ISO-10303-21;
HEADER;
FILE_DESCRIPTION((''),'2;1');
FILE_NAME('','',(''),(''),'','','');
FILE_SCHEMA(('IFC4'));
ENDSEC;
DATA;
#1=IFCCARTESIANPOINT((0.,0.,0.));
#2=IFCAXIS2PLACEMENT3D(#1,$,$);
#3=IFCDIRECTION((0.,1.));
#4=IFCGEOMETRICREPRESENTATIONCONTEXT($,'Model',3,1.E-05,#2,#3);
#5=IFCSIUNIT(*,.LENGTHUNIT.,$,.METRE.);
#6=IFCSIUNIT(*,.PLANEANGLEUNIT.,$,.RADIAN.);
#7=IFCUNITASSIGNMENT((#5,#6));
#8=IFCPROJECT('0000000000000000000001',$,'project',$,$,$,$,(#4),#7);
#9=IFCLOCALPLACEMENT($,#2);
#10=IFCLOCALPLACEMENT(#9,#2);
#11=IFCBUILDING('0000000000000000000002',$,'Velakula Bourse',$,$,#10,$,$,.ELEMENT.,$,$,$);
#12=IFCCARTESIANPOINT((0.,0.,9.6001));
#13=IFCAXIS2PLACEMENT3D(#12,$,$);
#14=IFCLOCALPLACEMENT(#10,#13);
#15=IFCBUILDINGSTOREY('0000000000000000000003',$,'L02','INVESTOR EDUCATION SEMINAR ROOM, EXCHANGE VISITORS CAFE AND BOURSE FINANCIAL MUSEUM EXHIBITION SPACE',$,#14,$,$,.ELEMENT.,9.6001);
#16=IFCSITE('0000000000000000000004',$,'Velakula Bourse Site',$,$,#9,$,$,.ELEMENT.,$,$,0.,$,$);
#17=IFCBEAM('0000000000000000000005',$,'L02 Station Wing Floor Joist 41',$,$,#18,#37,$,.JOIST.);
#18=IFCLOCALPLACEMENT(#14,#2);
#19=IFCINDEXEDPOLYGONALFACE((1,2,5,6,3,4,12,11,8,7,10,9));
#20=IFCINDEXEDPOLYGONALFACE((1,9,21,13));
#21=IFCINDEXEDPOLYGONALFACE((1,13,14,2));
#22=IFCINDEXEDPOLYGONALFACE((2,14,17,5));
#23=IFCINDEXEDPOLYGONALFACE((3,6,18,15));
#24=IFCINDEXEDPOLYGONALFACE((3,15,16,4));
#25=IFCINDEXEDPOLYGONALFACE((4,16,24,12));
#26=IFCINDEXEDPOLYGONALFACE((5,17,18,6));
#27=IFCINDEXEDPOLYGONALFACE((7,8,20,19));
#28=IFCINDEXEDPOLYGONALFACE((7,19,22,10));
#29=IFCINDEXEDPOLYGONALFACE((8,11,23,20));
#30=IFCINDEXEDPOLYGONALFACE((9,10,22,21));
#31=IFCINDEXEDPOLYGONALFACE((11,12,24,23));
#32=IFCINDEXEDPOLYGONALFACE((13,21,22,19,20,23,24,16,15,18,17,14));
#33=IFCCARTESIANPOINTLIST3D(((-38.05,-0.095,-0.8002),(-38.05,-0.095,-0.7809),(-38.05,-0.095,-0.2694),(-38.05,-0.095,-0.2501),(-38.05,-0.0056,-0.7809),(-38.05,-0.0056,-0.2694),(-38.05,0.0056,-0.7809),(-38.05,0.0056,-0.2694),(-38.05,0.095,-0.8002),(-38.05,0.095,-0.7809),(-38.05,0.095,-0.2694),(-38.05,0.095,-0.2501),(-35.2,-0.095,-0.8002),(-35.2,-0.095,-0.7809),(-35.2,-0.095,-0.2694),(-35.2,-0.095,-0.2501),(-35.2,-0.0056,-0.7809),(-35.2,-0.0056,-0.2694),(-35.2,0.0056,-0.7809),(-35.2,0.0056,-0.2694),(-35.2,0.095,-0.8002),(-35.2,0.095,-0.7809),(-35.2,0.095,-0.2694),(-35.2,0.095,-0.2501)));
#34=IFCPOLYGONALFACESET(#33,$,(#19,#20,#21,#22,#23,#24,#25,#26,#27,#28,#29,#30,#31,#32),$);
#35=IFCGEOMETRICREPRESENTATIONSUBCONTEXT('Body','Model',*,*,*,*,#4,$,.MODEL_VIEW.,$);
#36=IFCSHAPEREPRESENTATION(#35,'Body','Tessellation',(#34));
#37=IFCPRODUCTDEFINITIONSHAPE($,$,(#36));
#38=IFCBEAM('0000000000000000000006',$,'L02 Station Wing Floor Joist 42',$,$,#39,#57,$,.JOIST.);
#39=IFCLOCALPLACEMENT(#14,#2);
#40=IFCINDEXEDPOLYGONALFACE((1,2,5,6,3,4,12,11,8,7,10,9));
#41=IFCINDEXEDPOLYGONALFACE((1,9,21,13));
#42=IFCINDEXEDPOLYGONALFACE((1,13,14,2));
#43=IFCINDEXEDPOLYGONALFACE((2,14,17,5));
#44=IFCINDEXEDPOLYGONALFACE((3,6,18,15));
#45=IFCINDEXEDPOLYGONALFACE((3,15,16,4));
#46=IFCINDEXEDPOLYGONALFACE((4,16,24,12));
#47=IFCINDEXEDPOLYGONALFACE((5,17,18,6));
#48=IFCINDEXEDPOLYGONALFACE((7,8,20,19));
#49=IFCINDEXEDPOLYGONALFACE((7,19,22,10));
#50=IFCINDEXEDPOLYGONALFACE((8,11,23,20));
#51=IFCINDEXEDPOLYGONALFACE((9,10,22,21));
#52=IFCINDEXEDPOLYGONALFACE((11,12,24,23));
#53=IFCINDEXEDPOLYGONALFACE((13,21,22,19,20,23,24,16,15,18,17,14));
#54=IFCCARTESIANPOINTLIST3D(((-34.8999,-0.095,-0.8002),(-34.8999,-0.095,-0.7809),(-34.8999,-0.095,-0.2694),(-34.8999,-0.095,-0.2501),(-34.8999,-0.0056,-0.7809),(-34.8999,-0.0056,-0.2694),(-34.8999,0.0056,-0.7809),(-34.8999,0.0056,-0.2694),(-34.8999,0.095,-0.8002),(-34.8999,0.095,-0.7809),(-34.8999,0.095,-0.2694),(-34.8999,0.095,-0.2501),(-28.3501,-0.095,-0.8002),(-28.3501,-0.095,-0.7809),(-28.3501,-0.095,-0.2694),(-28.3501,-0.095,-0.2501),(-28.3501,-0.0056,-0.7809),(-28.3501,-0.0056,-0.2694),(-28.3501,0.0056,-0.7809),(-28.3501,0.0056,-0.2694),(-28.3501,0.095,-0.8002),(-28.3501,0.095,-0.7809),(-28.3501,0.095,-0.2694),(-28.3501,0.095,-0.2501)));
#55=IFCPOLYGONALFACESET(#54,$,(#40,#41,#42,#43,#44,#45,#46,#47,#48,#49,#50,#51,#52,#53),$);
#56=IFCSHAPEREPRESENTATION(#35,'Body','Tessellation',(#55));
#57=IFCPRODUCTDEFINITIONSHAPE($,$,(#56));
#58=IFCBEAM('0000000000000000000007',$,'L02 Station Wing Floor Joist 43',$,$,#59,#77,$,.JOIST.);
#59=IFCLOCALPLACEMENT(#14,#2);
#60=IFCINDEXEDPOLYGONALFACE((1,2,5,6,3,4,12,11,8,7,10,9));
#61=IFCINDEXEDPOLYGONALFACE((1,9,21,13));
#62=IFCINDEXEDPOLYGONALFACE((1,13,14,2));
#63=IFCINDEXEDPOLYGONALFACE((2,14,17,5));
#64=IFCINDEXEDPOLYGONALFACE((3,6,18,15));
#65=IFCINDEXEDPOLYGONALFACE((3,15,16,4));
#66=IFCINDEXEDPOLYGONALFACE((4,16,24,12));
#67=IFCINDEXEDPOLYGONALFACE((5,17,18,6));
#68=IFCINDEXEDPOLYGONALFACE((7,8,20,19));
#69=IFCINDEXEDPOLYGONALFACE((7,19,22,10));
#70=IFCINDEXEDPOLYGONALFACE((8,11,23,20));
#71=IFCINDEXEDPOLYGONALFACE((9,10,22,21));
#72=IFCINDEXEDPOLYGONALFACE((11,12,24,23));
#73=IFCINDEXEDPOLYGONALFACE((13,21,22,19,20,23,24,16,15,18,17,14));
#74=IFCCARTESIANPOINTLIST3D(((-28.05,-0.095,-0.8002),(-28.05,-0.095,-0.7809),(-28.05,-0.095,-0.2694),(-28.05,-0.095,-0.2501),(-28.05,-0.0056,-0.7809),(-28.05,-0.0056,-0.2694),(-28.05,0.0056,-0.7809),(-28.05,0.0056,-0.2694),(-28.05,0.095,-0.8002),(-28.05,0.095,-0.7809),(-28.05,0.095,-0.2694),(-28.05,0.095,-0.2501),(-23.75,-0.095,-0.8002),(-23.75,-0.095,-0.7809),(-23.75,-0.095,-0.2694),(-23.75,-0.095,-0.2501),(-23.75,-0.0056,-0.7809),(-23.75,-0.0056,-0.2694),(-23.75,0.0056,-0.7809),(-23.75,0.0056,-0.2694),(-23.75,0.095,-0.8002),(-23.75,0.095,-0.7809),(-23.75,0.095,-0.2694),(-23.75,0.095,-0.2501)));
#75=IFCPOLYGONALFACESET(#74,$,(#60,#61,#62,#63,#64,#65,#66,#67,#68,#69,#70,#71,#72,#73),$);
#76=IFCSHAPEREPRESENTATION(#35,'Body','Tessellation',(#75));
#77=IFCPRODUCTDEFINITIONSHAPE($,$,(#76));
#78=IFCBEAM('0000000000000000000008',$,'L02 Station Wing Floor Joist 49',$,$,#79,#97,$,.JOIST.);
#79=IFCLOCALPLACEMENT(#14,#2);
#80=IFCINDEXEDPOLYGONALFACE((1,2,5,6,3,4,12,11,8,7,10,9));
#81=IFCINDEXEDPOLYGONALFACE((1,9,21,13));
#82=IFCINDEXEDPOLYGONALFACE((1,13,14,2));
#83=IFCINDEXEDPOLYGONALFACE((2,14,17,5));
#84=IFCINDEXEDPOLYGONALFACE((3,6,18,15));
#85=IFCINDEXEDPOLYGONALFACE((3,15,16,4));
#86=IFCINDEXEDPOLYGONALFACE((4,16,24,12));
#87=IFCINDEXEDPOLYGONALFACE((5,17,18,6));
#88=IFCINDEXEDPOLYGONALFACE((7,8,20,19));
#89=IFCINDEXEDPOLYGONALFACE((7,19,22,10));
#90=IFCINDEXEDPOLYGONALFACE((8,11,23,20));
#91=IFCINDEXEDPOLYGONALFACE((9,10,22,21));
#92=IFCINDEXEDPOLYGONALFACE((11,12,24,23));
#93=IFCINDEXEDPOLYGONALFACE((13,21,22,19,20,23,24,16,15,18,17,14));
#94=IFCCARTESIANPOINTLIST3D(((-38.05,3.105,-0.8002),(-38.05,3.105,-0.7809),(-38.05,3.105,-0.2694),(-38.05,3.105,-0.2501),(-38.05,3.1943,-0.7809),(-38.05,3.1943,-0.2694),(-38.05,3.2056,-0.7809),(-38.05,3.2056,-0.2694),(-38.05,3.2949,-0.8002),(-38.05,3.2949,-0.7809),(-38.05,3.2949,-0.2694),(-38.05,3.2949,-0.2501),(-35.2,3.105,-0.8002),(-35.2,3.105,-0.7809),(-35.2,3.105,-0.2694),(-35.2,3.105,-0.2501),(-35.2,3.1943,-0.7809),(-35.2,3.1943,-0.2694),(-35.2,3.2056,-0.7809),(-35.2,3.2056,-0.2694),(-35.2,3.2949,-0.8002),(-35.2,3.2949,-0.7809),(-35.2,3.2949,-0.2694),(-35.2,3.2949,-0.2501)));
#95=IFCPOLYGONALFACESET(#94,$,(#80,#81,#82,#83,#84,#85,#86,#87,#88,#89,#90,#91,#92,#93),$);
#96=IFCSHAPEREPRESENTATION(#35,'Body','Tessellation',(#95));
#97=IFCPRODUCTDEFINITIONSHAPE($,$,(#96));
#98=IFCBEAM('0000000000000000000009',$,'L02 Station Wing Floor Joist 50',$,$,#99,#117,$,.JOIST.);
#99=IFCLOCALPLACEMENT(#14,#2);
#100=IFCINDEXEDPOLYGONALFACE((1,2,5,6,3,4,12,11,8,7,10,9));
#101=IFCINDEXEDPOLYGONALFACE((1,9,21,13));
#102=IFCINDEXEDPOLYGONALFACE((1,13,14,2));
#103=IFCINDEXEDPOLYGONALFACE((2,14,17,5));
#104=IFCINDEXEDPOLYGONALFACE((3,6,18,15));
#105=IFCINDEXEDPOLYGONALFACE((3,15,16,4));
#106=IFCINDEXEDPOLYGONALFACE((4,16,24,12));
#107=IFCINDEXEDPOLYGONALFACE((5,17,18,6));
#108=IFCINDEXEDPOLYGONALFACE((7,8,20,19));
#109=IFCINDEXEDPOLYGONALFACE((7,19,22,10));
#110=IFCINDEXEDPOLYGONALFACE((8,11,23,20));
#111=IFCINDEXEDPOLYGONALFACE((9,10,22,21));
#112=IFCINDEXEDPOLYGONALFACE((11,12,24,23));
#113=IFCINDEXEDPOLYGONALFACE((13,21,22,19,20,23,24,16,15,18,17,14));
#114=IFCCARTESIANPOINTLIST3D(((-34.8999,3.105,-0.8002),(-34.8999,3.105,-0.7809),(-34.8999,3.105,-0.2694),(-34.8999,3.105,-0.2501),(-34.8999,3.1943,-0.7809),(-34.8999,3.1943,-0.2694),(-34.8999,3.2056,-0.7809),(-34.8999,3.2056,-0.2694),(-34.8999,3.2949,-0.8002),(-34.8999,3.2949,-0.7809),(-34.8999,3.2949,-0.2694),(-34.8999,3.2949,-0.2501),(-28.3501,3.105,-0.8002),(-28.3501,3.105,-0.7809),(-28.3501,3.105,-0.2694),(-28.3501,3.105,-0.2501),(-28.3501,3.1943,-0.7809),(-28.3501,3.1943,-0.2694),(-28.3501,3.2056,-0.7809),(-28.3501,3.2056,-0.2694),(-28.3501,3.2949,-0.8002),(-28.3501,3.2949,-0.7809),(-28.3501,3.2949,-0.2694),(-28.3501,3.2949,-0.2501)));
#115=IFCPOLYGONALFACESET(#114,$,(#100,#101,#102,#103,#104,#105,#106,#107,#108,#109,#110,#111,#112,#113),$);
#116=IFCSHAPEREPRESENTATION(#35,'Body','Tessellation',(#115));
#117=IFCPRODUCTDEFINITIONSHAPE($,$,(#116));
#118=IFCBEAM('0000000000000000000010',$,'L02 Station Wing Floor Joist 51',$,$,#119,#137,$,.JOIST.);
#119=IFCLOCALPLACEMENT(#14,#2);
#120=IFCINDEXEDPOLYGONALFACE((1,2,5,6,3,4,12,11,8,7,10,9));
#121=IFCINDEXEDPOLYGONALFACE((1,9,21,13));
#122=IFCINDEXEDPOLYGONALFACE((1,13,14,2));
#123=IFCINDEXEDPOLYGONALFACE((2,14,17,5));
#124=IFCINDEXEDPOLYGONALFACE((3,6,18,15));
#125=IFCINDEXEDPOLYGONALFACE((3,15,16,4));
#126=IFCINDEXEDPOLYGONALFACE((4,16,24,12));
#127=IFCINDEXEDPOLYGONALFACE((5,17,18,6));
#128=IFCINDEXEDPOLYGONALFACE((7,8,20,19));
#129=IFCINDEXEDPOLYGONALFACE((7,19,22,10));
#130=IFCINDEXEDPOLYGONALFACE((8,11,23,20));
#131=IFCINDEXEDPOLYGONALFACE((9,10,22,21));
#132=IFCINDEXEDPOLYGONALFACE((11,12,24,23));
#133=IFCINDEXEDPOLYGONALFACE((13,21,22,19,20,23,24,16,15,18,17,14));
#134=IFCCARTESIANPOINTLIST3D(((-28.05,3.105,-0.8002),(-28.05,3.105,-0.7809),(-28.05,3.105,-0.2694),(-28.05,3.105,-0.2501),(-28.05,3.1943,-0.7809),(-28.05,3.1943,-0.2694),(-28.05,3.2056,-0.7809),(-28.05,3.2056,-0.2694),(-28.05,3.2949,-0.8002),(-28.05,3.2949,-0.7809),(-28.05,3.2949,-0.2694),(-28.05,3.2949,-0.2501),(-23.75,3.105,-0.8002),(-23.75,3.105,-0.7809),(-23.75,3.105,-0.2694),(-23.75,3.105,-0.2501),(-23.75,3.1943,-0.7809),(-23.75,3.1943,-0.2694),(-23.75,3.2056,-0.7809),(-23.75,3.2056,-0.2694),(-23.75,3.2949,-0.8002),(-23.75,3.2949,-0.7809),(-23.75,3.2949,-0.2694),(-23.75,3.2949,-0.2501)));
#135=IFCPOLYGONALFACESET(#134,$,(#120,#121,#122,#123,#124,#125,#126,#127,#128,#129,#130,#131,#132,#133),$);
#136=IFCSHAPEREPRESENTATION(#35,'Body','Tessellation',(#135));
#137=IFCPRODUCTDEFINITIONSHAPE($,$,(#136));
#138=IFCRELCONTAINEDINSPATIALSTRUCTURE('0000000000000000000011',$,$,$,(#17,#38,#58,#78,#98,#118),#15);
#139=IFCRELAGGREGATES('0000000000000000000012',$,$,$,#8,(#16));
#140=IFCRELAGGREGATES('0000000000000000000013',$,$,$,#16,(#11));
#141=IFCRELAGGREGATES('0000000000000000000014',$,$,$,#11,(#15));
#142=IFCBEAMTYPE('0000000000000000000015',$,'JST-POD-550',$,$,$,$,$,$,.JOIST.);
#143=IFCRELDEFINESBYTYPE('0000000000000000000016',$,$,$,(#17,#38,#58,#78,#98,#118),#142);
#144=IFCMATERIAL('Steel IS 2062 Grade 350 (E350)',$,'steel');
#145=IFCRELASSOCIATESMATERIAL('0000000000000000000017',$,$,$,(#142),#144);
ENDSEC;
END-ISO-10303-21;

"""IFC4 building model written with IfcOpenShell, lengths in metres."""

from ifc_helpers import new_model, si_unit, direction, frame, origin, origin_2d, place, context, subcontext, project, spatial, i_section, extrude, material, material_profile, profile_set, type_object, element, save


model = new_model("IFC4")

# Units and contexts
model_context = context("Model", 3, precision=1e-05, world=origin(), true_north=direction((0.0, 1.0)))
body_context = subcontext(model_context, "Body", "Model", "MODEL_VIEW")
ifc_project = project(units=[si_unit("LENGTHUNIT", "METRE"), si_unit("PLANEANGLEUNIT", "RADIAN")], contexts=[model_context])

# Site, building, storey
site_placement = place(None, origin())
site = spatial("IfcSite", under=ifc_project, at=site_placement, Name="Velakula Bourse Site", CompositionType="ELEMENT", RefElevation=0.0)
building_placement = place(site_placement, origin())
building = spatial("IfcBuilding", under=site, at=building_placement, Name="Velakula Bourse", CompositionType="ELEMENT")
storey_placement = place(building_placement, frame((0.0, 0.0, 9.6001)))
storey = spatial("IfcBuildingStorey", under=building, at=storey_placement, Name="L02", Description="INVESTOR EDUCATION SEMINAR ROOM, EXCHANGE VISITORS CAFE AND BOURSE FINANCIAL MUSEUM EXHIBITION SPACE", CompositionType="ELEMENT", Elevation=9.6001)

# Beams
ifc_material_1 = material(Name="Steel IS 2062 Grade 350 (E350)", Category="steel")
ifc_material_profile_1 = material_profile(ifc_material_1, i_section(OverallWidth=0.1899, OverallDepth=0.55, WebThickness=0.0112, FlangeThickness=0.0193, at=origin_2d()), Name="Steel IS 2062 Grade 350 (E350)")
ifc_profile_set_1 = profile_set([ifc_material_profile_1], Name="Steel IS 2062 Grade 350 (E350)")
beam_type_1 = type_object("IfcBeamType", Name="JST-POD-550", PredefinedType="JOIST", material=ifc_profile_set_1)
beam_1_placement = place(storey_placement, frame((-38.05, 0.0, -0.5251), z_axis=(1.0, 0.0, 0.0), x_axis=(0.0, 1.0, 0.0)))
element("IfcBeam", 1, at=beam_1_placement, inside=storey, type_object=beam_type_1, Name="L02 Station Wing Floor Joist 41", PredefinedType="JOIST", context=body_context, shape_type="SweptSolid", body=[
    extrude(i_section(OverallWidth=0.1899, OverallDepth=0.55, WebThickness=0.0112, FlangeThickness=0.0193, at=origin_2d()), origin(), (0.0, 0.0, 1.0), 2.8501),
])
beam_2_placement = place(storey_placement, frame((-34.8999, 0.0, -0.5251), z_axis=(1.0, 0.0, 0.0), x_axis=(0.0, 1.0, 0.0)))
element("IfcBeam", 2, at=beam_2_placement, inside=storey, type_object=beam_type_1, Name="L02 Station Wing Floor Joist 42", PredefinedType="JOIST", context=body_context, shape_type="SweptSolid", body=[
    extrude(i_section(OverallWidth=0.1899, OverallDepth=0.55, WebThickness=0.0112, FlangeThickness=0.0193, at=origin_2d()), origin(), (0.0, 0.0, 1.0), 6.5498),
])
beam_3_placement = place(storey_placement, frame((-28.05, 0.0, -0.5251), z_axis=(1.0, 0.0, 0.0), x_axis=(0.0, 1.0, 0.0)))
element("IfcBeam", 3, at=beam_3_placement, inside=storey, type_object=beam_type_1, Name="L02 Station Wing Floor Joist 43", PredefinedType="JOIST", context=body_context, shape_type="SweptSolid", body=[
    extrude(i_section(OverallWidth=0.1899, OverallDepth=0.55, WebThickness=0.0112, FlangeThickness=0.0193, at=origin_2d()), origin(), (0.0, 0.0, 1.0), 4.3),
])
beam_4_placement = place(storey_placement, frame((-38.05, 3.2, -0.5251), z_axis=(1.0, 0.0, 0.0), x_axis=(0.0, 1.0, 0.0)))
element("IfcBeam", 4, at=beam_4_placement, inside=storey, type_object=beam_type_1, Name="L02 Station Wing Floor Joist 49", PredefinedType="JOIST", context=body_context, shape_type="SweptSolid", body=[
    extrude(i_section(OverallWidth=0.1899, OverallDepth=0.55, WebThickness=0.0112, FlangeThickness=0.0193, at=origin_2d()), origin(), (0.0, 0.0, 1.0), 2.8501),
])
beam_5_placement = place(storey_placement, frame((-34.8999, 3.2, -0.5251), z_axis=(1.0, 0.0, 0.0), x_axis=(0.0, 1.0, 0.0)))
element("IfcBeam", 5, at=beam_5_placement, inside=storey, type_object=beam_type_1, Name="L02 Station Wing Floor Joist 50", PredefinedType="JOIST", context=body_context, shape_type="SweptSolid", body=[
    extrude(i_section(OverallWidth=0.1899, OverallDepth=0.55, WebThickness=0.0112, FlangeThickness=0.0193, at=origin_2d()), origin(), (0.0, 0.0, 1.0), 6.5498),
])
beam_6_placement = place(storey_placement, frame((-28.05, 3.2, -0.5251), z_axis=(1.0, 0.0, 0.0), x_axis=(0.0, 1.0, 0.0)))
element("IfcBeam", 6, at=beam_6_placement, inside=storey, type_object=beam_type_1, Name="L02 Station Wing Floor Joist 51", PredefinedType="JOIST", context=body_context, shape_type="SweptSolid", body=[
    extrude(i_section(OverallWidth=0.1899, OverallDepth=0.55, WebThickness=0.0112, FlangeThickness=0.0193, at=origin_2d()), origin(), (0.0, 0.0, 1.0), 4.3),
])

save(model, "model.ifc")
